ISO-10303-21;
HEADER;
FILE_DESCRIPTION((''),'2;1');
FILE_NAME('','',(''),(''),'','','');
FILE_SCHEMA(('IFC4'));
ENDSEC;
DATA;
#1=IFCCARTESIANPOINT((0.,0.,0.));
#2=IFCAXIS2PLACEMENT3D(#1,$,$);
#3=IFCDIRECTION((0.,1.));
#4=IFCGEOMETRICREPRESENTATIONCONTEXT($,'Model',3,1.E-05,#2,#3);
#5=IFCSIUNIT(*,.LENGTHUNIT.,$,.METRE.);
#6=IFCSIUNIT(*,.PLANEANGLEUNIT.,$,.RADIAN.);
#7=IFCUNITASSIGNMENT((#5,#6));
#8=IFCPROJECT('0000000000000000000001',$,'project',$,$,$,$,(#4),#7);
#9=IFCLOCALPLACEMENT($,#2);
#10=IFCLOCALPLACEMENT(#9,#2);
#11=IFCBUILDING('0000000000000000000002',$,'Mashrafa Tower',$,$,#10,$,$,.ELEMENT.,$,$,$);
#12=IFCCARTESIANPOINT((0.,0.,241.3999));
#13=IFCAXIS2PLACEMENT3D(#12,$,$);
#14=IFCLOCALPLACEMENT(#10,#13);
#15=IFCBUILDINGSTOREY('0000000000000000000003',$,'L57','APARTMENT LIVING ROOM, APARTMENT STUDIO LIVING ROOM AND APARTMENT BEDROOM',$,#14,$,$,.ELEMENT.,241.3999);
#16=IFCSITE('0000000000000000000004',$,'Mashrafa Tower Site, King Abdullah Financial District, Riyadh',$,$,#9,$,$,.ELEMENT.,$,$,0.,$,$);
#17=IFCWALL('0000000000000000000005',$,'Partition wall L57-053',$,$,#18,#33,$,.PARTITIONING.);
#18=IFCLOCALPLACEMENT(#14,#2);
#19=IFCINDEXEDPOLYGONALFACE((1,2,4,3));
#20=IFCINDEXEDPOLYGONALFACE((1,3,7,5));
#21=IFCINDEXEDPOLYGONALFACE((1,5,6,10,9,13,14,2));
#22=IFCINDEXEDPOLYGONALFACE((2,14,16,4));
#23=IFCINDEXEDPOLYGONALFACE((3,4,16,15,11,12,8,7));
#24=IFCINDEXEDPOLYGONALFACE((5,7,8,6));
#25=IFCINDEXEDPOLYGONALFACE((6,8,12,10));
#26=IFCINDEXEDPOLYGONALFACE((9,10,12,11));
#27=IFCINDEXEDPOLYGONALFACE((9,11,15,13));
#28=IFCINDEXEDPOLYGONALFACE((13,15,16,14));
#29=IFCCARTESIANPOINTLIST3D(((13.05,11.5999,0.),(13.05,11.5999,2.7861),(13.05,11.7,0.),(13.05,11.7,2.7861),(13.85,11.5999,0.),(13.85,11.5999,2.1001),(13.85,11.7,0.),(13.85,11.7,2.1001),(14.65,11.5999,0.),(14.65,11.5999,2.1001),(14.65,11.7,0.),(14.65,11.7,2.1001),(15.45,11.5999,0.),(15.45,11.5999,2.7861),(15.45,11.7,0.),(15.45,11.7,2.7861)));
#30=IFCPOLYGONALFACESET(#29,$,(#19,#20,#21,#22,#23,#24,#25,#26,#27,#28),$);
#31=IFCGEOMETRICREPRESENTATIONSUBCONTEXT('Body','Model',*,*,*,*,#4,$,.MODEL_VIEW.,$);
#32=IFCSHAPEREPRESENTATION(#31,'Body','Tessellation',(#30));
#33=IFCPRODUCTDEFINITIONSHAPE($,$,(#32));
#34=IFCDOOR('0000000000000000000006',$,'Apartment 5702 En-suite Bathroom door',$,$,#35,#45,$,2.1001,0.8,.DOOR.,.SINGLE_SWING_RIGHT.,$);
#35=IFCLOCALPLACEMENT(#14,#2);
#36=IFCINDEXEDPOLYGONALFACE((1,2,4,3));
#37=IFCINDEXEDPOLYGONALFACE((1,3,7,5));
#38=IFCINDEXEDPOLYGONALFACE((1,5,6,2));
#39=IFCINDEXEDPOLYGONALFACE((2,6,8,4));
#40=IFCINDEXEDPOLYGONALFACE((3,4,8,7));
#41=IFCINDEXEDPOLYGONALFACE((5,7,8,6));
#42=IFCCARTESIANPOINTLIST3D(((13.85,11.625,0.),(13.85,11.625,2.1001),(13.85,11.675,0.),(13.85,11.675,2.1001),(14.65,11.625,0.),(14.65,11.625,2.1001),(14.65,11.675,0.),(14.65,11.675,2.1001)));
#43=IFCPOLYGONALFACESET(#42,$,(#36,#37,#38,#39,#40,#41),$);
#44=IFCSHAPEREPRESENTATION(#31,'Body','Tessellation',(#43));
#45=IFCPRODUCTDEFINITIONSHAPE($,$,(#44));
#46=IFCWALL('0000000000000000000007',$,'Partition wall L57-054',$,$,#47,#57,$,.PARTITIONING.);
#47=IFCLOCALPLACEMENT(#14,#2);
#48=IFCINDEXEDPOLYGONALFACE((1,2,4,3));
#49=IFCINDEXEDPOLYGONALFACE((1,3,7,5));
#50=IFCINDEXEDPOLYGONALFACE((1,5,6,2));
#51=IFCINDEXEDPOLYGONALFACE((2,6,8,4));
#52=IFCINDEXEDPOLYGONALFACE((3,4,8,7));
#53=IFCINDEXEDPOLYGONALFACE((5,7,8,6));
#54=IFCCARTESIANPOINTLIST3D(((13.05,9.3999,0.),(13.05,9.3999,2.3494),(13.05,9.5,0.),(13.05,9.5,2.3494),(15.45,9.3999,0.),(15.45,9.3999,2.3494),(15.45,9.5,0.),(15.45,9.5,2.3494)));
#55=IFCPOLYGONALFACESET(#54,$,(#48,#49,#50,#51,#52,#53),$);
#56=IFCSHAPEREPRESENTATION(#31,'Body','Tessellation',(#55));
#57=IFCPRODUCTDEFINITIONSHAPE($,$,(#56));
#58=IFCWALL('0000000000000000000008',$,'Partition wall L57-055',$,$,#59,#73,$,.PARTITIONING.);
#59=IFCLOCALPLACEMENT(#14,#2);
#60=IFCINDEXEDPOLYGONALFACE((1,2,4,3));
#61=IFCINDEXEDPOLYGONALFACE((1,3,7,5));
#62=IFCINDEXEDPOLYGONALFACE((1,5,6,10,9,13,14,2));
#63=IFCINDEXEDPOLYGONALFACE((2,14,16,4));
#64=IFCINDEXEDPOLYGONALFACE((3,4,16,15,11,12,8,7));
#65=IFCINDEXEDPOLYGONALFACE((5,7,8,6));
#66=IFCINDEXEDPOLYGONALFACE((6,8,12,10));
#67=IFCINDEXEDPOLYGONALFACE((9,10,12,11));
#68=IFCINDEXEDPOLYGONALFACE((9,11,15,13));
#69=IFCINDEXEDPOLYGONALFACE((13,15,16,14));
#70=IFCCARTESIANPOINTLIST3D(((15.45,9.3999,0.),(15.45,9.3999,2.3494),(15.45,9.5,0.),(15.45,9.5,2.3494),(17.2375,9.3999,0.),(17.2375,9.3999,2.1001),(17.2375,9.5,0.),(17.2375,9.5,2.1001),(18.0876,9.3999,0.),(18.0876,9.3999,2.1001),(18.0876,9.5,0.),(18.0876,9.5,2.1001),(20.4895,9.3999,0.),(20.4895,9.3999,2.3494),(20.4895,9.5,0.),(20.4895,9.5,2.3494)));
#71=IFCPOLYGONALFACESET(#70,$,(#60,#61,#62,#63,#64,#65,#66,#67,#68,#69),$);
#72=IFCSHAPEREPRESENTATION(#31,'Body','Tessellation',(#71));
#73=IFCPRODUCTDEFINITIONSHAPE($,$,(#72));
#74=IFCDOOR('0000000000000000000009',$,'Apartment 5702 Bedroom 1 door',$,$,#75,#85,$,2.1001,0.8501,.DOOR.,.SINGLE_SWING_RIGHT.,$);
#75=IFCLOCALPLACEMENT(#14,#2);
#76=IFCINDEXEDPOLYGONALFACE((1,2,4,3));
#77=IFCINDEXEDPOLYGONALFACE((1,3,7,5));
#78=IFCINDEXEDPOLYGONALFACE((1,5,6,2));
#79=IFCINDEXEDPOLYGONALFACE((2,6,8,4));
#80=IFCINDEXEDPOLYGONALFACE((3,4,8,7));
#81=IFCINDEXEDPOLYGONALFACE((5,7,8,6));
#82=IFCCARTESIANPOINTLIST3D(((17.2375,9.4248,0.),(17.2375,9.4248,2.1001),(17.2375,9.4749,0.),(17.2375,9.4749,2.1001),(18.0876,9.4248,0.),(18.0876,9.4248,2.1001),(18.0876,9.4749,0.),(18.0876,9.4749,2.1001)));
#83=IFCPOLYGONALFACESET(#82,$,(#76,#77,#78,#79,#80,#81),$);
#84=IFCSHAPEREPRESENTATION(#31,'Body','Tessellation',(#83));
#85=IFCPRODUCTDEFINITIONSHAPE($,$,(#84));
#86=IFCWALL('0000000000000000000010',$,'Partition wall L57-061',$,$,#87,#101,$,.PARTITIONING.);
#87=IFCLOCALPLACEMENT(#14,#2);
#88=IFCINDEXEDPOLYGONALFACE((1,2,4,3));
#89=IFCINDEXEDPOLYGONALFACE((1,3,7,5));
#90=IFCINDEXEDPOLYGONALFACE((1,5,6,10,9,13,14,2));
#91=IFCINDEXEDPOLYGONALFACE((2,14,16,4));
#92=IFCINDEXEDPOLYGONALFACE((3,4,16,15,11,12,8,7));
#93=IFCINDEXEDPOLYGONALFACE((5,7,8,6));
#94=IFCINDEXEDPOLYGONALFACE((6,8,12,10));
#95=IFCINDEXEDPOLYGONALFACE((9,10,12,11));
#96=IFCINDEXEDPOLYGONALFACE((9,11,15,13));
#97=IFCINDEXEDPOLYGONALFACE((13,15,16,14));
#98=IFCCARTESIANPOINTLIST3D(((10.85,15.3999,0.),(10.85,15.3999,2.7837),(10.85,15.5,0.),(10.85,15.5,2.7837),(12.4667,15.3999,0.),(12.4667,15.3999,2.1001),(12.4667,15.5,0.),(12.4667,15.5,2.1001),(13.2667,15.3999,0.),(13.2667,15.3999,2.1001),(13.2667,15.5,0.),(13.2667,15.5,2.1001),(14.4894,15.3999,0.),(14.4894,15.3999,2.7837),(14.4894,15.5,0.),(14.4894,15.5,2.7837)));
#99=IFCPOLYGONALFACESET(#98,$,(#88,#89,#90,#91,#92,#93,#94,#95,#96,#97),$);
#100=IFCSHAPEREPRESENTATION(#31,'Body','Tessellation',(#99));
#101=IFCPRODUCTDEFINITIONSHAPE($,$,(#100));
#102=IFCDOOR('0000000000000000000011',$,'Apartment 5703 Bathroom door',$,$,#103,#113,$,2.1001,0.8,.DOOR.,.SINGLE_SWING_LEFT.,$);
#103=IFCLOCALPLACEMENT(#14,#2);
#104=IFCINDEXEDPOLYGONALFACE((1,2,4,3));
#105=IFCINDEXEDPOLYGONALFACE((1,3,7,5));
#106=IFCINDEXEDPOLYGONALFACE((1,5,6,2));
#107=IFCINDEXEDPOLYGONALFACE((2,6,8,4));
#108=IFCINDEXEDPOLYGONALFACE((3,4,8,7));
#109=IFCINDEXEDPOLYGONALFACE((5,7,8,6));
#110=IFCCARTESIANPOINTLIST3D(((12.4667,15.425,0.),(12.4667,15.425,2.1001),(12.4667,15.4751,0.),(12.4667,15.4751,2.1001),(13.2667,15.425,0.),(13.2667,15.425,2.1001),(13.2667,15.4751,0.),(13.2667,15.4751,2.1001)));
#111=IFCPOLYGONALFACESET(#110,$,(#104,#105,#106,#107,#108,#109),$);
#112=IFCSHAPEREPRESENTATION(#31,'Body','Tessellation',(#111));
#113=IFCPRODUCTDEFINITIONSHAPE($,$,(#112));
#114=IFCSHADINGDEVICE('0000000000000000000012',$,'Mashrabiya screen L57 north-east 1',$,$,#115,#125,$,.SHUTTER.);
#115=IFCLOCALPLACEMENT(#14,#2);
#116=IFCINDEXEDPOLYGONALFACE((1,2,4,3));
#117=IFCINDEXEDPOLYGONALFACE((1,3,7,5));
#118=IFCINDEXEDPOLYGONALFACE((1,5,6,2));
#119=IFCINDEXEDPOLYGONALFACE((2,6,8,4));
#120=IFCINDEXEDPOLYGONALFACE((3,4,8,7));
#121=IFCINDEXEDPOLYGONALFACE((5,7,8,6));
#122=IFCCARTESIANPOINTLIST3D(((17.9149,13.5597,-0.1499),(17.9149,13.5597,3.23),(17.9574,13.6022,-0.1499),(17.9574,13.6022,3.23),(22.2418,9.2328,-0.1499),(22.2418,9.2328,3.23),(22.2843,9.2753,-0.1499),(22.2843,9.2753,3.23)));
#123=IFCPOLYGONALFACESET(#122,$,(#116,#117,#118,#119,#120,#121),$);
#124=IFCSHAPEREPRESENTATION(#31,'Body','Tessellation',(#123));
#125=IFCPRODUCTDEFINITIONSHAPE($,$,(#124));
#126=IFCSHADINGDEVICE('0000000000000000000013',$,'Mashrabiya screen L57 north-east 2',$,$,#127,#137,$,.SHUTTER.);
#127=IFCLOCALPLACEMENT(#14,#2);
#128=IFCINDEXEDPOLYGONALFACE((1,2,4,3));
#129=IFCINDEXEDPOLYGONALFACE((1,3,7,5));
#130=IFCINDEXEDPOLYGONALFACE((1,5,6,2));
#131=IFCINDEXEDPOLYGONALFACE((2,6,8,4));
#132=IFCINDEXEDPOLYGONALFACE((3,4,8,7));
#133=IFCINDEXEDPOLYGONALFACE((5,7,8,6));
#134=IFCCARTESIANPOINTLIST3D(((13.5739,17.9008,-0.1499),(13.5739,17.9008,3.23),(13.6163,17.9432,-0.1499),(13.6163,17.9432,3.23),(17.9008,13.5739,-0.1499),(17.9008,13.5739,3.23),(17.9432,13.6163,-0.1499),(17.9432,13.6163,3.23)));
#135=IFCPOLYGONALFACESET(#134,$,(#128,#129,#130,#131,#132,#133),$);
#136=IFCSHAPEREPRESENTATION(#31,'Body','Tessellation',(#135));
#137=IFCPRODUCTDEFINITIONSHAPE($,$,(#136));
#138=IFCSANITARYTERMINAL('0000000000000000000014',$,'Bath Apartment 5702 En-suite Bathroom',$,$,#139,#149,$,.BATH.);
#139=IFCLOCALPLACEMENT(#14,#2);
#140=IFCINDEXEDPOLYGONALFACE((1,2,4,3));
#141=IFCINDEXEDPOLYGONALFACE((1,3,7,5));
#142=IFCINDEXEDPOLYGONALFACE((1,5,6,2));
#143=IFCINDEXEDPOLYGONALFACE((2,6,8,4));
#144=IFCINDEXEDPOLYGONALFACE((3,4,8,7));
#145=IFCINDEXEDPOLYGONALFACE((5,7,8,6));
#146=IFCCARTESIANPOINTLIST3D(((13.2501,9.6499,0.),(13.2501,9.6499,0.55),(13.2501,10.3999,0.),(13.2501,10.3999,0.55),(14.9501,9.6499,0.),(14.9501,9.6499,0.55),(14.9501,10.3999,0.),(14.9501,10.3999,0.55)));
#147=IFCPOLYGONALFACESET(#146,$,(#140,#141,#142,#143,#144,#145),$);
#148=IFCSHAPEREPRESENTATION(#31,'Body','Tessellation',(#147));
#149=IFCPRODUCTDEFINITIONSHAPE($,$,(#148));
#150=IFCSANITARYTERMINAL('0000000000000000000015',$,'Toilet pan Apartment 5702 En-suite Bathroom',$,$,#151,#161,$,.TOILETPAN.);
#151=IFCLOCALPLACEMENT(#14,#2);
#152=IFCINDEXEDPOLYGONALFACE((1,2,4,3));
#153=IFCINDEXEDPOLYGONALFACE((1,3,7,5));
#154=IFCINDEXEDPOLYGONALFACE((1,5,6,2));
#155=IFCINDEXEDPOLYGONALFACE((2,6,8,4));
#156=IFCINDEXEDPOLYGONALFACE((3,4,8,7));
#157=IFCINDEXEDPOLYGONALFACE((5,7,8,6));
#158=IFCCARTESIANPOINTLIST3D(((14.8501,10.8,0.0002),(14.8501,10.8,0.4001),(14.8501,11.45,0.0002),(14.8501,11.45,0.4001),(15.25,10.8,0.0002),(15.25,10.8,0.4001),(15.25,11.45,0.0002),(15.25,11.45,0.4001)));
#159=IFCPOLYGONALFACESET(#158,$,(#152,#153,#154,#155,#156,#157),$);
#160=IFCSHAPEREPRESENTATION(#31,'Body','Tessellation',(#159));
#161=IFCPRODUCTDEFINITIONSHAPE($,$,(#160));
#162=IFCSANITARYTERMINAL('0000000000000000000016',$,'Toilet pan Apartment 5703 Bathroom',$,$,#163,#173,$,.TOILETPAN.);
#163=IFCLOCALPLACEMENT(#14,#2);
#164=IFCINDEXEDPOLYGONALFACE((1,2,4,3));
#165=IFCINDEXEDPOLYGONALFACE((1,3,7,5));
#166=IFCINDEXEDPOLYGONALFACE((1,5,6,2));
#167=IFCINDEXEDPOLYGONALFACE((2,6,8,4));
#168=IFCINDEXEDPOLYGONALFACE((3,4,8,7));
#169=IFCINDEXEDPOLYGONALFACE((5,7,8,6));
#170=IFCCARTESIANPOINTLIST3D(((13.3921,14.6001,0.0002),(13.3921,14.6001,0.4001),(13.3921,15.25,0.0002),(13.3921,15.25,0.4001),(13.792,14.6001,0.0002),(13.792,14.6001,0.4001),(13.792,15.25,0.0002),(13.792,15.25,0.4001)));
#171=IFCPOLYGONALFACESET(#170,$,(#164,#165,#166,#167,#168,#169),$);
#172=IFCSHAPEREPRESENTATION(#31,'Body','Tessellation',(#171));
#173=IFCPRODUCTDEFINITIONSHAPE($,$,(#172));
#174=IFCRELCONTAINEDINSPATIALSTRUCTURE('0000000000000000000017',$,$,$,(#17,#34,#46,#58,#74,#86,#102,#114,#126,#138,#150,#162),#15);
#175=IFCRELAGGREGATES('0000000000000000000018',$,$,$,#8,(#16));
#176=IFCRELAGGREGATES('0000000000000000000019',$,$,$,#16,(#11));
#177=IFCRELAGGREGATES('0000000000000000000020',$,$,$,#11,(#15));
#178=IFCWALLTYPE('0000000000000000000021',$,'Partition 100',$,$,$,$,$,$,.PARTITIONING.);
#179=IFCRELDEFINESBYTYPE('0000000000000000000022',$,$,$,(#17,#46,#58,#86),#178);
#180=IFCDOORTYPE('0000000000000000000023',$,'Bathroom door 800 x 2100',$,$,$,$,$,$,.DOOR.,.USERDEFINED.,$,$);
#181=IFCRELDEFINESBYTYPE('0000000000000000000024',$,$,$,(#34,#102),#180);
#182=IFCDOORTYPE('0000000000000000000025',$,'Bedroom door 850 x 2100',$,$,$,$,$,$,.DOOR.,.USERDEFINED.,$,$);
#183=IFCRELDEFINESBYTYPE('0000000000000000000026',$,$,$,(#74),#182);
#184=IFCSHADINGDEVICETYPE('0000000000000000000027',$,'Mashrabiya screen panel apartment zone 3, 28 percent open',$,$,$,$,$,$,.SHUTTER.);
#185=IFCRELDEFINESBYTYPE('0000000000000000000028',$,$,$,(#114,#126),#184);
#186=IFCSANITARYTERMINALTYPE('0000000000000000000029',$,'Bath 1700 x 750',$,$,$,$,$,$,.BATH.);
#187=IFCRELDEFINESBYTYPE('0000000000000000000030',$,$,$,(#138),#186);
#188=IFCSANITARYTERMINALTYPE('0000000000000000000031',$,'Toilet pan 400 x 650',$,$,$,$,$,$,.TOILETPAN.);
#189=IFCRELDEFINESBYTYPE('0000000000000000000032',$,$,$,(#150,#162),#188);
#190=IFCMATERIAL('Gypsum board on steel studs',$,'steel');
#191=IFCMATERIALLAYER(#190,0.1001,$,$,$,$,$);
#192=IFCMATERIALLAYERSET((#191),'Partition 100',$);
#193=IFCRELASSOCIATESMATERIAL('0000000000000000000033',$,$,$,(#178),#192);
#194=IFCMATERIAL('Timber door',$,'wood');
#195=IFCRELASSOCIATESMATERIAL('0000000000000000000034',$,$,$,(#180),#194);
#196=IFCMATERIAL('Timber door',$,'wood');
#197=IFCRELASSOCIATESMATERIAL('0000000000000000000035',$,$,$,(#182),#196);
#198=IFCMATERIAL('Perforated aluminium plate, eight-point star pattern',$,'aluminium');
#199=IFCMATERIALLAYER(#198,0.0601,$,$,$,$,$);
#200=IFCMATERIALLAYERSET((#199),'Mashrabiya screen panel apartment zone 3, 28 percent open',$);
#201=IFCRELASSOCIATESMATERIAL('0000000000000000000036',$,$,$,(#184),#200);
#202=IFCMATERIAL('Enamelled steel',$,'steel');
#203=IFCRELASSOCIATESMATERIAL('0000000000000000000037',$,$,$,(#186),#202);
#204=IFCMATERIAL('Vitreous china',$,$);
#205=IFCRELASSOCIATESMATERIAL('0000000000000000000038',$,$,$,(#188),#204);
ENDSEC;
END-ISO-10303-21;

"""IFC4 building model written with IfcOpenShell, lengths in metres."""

from ifc_helpers import new_model, si_unit, direction, frame, frame_2d, origin, origin_2d, place, context, subcontext, project, spatial, rectangle, extrude, source, transform, mapped, material, layer, layer_set, type_object, type_shapes, element, fill, save


model = new_model("IFC4")

# Units and contexts
model_context = context("Model", 3, precision=1e-05, world=origin(), true_north=direction((0.0, 1.0)))
body_context = subcontext(model_context, "Body", "Model", "MODEL_VIEW")
ifc_project = project(units=[si_unit("LENGTHUNIT", "METRE"), si_unit("PLANEANGLEUNIT", "RADIAN")], contexts=[model_context])

# Site, building, storey
site_placement = place(None, origin())
site = spatial("IfcSite", under=ifc_project, at=site_placement, Name="Mashrafa Tower Site, King Abdullah Financial District, Riyadh", CompositionType="ELEMENT", RefElevation=0.0)
building_placement = place(site_placement, origin())
building = spatial("IfcBuilding", under=site, at=building_placement, Name="Mashrafa Tower", CompositionType="ELEMENT")
storey_placement = place(building_placement, frame((0.0, 0.0, 241.3999)))
storey = spatial("IfcBuildingStorey", under=building, at=storey_placement, Name="L57", Description="APARTMENT LIVING ROOM, APARTMENT STUDIO LIVING ROOM AND APARTMENT BEDROOM", CompositionType="ELEMENT", Elevation=241.3999)

# Shared definitions
ifc_material_1 = material(Name="Gypsum board on steel studs", Category="steel")
ifc_layer_1 = layer(ifc_material_1, 0.1001)
ifc_layer_set_1 = layer_set([ifc_layer_1], Name="Partition 100")
wall_type_1 = type_object("IfcWallType", Name="Partition 100", PredefinedType="PARTITIONING", material=ifc_layer_set_1)

# Wall, opening, door
wall_1_placement = place(storey_placement, frame((15.45, 11.6499, 0.0), z_axis=(0.0, 0.0, 1.0), x_axis=(-1.0, 0.0, 0.0)))
wall_1 = element("IfcWall", 1, at=wall_1_placement, inside=storey, type_object=wall_type_1, Name="Partition wall L57-053", PredefinedType="PARTITIONING", context=body_context, shape_type="SweptSolid", body=[
    extrude(rectangle(XDim=2.3999, YDim=0.1001, at=frame_2d((1.2, 0.0))), origin(), (0.0, 0.0, 1.0), 2.7861),
])
opening_1_placement = place(wall_1_placement, frame((0.8, 0.0, 0.0)))
opening_1 = element("IfcOpeningElement", 2, at=opening_1_placement, cuts=wall_1, PredefinedType="OPENING", context=body_context, shape_type="SweptSolid", body=[
    extrude(rectangle(XDim=0.8, YDim=2.1001, at=frame_2d((0.3999, 1.05))), frame((0.0, 0.0601, 0.0), z_axis=(0.0, -1.0, 0.0), x_axis=(1.0, 0.0, 0.0)), (0.0, 0.0, 1.0), 0.1201),
])
ifc_material_2 = material(Name="Timber door", Category="wood")
door_type_1 = type_object("IfcDoorType", Name="Bathroom door 800 x 2100", OperationType="USERDEFINED", PredefinedType="DOOR", material=ifc_material_2)
door_1_placement = place(opening_1_placement, origin())
door_1 = element("IfcDoor", 3, at=door_1_placement, inside=storey, type_object=door_type_1, Name="Apartment 5702 En-suite Bathroom door", OperationType="SINGLE_SWING_RIGHT", OverallHeight=2.1001, OverallWidth=0.8, PredefinedType="DOOR", context=body_context, shape_type="SweptSolid", body=[
    extrude(rectangle(XDim=0.8, YDim=2.1001, at=frame_2d((0.3999, 1.05))), frame((0.0, 0.0249, 0.0), z_axis=(0.0, -1.0, 0.0), x_axis=(1.0, 0.0, 0.0)), (0.0, 0.0, 1.0), 0.05),
])
fill(opening_1, door_1)

# Wall
wall_2_placement = place(storey_placement, frame((13.05, 9.45, 0.0), z_axis=(0.0, 0.0, 1.0), x_axis=(1.0, 0.0, 0.0)))
element("IfcWall", 4, at=wall_2_placement, inside=storey, type_object=wall_type_1, Name="Partition wall L57-054", PredefinedType="PARTITIONING", context=body_context, shape_type="SweptSolid", body=[
    extrude(rectangle(XDim=2.3999, YDim=0.1001, at=frame_2d((1.2, 0.0))), origin(), (0.0, 0.0, 1.0), 2.3494),
])

# Walls, openings, doors
wall_3_placement = place(storey_placement, frame((15.45, 9.45, 0.0), z_axis=(0.0, 0.0, 1.0), x_axis=(1.0, 0.0, 0.0)))
wall_3 = element("IfcWall", 5, at=wall_3_placement, inside=storey, type_object=wall_type_1, Name="Partition wall L57-055", PredefinedType="PARTITIONING", context=body_context, shape_type="SweptSolid", body=[
    extrude(rectangle(XDim=5.0396, YDim=0.1001, at=frame_2d((2.5198, 0.0))), origin(), (0.0, 0.0, 1.0), 2.3494),
])
opening_2_placement = place(wall_3_placement, frame((1.7876, 0.0, 0.0)))
opening_2 = element("IfcOpeningElement", 6, at=opening_2_placement, cuts=wall_3, PredefinedType="OPENING", context=body_context, shape_type="SweptSolid", body=[
    extrude(rectangle(XDim=0.8501, YDim=2.1001, at=frame_2d((0.425, 1.05))), frame((0.0, 0.0601, 0.0), z_axis=(0.0, -1.0, 0.0), x_axis=(1.0, 0.0, 0.0)), (0.0, 0.0, 1.0), 0.1201),
])
ifc_material_3 = material(Name="Timber door", Category="wood")
door_type_2 = type_object("IfcDoorType", Name="Bedroom door 850 x 2100", OperationType="USERDEFINED", PredefinedType="DOOR", material=ifc_material_3)
door_2_placement = place(opening_2_placement, origin())
door_2 = element("IfcDoor", 7, at=door_2_placement, inside=storey, type_object=door_type_2, Name="Apartment 5702 Bedroom 1 door", OperationType="SINGLE_SWING_RIGHT", OverallHeight=2.1001, OverallWidth=0.8501, PredefinedType="DOOR", context=body_context, shape_type="SweptSolid", body=[
    extrude(rectangle(XDim=0.8501, YDim=2.1001, at=frame_2d((0.425, 1.05))), frame((0.0, 0.0249, 0.0), z_axis=(0.0, -1.0, 0.0), x_axis=(1.0, 0.0, 0.0)), (0.0, 0.0, 1.0), 0.05),
])
fill(opening_2, door_2)
wall_4_placement = place(storey_placement, frame((14.4895, 15.45, 0.0), z_axis=(0.0, 0.0, 1.0), x_axis=(-1.0, 0.0, 0.0)))
wall_4 = element("IfcWall", 8, at=wall_4_placement, inside=storey, type_object=wall_type_1, Name="Partition wall L57-061", PredefinedType="PARTITIONING", context=body_context, shape_type="SweptSolid", body=[
    extrude(rectangle(XDim=3.6394, YDim=0.1001, at=frame_2d((1.8198, 0.0))), origin(), (0.0, 0.0, 1.0), 2.7837),
])
opening_3_placement = place(wall_4_placement, frame((1.2229, 0.0, 0.0)))
opening_3 = element("IfcOpeningElement", 9, at=opening_3_placement, cuts=wall_4, PredefinedType="OPENING", context=body_context, shape_type="SweptSolid", body=[
    extrude(rectangle(XDim=0.8, YDim=2.1001, at=frame_2d((0.3999, 1.05))), frame((0.0, 0.0601, 0.0), z_axis=(0.0, -1.0, 0.0), x_axis=(1.0, 0.0, 0.0)), (0.0, 0.0, 1.0), 0.1201),
])
door_3_placement = place(opening_3_placement, origin())
door_3 = element("IfcDoor", 10, at=door_3_placement, inside=storey, type_object=door_type_1, Name="Apartment 5703 Bathroom door", OperationType="SINGLE_SWING_LEFT", OverallHeight=2.1001, OverallWidth=0.8, PredefinedType="DOOR", context=body_context, shape_type="SweptSolid", body=[
    extrude(rectangle(XDim=0.8, YDim=2.1001, at=frame_2d((0.3999, 1.05))), frame((0.0, 0.0249, 0.0), z_axis=(0.0, -1.0, 0.0), x_axis=(1.0, 0.0, 0.0)), (0.0, 0.0, 1.0), 0.05),
])
fill(opening_3, door_3)

# Shading devices
ifc_material_4 = material(Name="Perforated aluminium plate, eight-point star pattern", Category="aluminium")
ifc_layer_2 = layer(ifc_material_4, 0.0601)
ifc_layer_set_2 = layer_set([ifc_layer_2], Name="Mashrabiya screen panel apartment zone 3, 28 percent open")
shading_device_type = type_object("IfcShadingDeviceType", Name="Mashrabiya screen panel apartment zone 3, 28 percent open", PredefinedType="SHUTTER", material=ifc_layer_set_2)
shared_shape_1 = source(origin(), body_context, "Body", "SweptSolid", [
    extrude(rectangle(XDim=6.1191, YDim=0.0601, at=origin_2d()), origin(), (0.0, 0.0, 1.0), 3.3799),
])
type_shapes(shading_device_type, [shared_shape_1])
for number, where, z_axis, x_axis, name in (
    (11, (20.0996, 11.4175, -0.1499), (0.0, 0.0, 1.0), (-0.707107, 0.707107, 0.0), "Mashrabiya screen L57 north-east 1"),
    (12, (15.7585, 15.7585, -0.1499), (0.0, 0.0, 1.0), (-0.707107, 0.707107, 0.0), "Mashrabiya screen L57 north-east 2"),
):
    element("IfcShadingDevice", number, at=place(storey_placement, frame(where, z_axis=z_axis, x_axis=x_axis)), inside=storey, type_object=shading_device_type, Name=name, PredefinedType="SHUTTER", context=body_context, shape_type="MappedRepresentation", body=[
        mapped(shared_shape_1, transform((0.0, 0.0, 0.0))),
    ])

# Sanitary terminals
ifc_material_5 = material(Name="Enamelled steel", Category="steel")
sanitary_terminal_type_1 = type_object("IfcSanitaryTerminalType", Name="Bath 1700 x 750", PredefinedType="BATH", material=ifc_material_5)
sanitary_terminal_1_placement = place(storey_placement, frame((14.1001, 10.0249, 0.0), z_axis=(0.0, 0.0, 1.0), x_axis=(1.0, 0.0, 0.0)))
element("IfcSanitaryTerminal", 13, at=sanitary_terminal_1_placement, inside=storey, type_object=sanitary_terminal_type_1, Name="Bath Apartment 5702 En-suite Bathroom", PredefinedType="BATH", context=body_context, shape_type="SweptSolid", body=[
    extrude(rectangle(XDim=1.7, YDim=0.75, at=origin_2d()), origin(), (0.0, 0.0, 1.0), 0.55),
])
ifc_material_6 = material(Name="Vitreous china")
sanitary_terminal_type_2 = type_object("IfcSanitaryTerminalType", Name="Toilet pan 400 x 650", PredefinedType="TOILETPAN", material=ifc_material_6)
for number, where, z_axis, x_axis, name in (
    (14, (15.05, 11.125, 0.0002), (0.0, 0.0, 1.0), (-1.0, 0.0, 0.0), "Toilet pan Apartment 5702 En-suite Bathroom"),
    (15, (13.592, 14.925, 0.0002), (0.0, 0.0, 1.0), (-1.0, 0.0, 0.0), "Toilet pan Apartment 5703 Bathroom"),
):
    element("IfcSanitaryTerminal", number, at=place(storey_placement, frame(where, z_axis=z_axis, x_axis=x_axis)), inside=storey, type_object=sanitary_terminal_type_2, Name=name, PredefinedType="TOILETPAN", context=body_context, shape_type="SweptSolid", body=[
        extrude(rectangle(XDim=0.3999, YDim=0.6499, at=origin_2d()), origin(), (0.0, 0.0, 1.0), 0.3999),
    ])

save(model, "model.ifc")
